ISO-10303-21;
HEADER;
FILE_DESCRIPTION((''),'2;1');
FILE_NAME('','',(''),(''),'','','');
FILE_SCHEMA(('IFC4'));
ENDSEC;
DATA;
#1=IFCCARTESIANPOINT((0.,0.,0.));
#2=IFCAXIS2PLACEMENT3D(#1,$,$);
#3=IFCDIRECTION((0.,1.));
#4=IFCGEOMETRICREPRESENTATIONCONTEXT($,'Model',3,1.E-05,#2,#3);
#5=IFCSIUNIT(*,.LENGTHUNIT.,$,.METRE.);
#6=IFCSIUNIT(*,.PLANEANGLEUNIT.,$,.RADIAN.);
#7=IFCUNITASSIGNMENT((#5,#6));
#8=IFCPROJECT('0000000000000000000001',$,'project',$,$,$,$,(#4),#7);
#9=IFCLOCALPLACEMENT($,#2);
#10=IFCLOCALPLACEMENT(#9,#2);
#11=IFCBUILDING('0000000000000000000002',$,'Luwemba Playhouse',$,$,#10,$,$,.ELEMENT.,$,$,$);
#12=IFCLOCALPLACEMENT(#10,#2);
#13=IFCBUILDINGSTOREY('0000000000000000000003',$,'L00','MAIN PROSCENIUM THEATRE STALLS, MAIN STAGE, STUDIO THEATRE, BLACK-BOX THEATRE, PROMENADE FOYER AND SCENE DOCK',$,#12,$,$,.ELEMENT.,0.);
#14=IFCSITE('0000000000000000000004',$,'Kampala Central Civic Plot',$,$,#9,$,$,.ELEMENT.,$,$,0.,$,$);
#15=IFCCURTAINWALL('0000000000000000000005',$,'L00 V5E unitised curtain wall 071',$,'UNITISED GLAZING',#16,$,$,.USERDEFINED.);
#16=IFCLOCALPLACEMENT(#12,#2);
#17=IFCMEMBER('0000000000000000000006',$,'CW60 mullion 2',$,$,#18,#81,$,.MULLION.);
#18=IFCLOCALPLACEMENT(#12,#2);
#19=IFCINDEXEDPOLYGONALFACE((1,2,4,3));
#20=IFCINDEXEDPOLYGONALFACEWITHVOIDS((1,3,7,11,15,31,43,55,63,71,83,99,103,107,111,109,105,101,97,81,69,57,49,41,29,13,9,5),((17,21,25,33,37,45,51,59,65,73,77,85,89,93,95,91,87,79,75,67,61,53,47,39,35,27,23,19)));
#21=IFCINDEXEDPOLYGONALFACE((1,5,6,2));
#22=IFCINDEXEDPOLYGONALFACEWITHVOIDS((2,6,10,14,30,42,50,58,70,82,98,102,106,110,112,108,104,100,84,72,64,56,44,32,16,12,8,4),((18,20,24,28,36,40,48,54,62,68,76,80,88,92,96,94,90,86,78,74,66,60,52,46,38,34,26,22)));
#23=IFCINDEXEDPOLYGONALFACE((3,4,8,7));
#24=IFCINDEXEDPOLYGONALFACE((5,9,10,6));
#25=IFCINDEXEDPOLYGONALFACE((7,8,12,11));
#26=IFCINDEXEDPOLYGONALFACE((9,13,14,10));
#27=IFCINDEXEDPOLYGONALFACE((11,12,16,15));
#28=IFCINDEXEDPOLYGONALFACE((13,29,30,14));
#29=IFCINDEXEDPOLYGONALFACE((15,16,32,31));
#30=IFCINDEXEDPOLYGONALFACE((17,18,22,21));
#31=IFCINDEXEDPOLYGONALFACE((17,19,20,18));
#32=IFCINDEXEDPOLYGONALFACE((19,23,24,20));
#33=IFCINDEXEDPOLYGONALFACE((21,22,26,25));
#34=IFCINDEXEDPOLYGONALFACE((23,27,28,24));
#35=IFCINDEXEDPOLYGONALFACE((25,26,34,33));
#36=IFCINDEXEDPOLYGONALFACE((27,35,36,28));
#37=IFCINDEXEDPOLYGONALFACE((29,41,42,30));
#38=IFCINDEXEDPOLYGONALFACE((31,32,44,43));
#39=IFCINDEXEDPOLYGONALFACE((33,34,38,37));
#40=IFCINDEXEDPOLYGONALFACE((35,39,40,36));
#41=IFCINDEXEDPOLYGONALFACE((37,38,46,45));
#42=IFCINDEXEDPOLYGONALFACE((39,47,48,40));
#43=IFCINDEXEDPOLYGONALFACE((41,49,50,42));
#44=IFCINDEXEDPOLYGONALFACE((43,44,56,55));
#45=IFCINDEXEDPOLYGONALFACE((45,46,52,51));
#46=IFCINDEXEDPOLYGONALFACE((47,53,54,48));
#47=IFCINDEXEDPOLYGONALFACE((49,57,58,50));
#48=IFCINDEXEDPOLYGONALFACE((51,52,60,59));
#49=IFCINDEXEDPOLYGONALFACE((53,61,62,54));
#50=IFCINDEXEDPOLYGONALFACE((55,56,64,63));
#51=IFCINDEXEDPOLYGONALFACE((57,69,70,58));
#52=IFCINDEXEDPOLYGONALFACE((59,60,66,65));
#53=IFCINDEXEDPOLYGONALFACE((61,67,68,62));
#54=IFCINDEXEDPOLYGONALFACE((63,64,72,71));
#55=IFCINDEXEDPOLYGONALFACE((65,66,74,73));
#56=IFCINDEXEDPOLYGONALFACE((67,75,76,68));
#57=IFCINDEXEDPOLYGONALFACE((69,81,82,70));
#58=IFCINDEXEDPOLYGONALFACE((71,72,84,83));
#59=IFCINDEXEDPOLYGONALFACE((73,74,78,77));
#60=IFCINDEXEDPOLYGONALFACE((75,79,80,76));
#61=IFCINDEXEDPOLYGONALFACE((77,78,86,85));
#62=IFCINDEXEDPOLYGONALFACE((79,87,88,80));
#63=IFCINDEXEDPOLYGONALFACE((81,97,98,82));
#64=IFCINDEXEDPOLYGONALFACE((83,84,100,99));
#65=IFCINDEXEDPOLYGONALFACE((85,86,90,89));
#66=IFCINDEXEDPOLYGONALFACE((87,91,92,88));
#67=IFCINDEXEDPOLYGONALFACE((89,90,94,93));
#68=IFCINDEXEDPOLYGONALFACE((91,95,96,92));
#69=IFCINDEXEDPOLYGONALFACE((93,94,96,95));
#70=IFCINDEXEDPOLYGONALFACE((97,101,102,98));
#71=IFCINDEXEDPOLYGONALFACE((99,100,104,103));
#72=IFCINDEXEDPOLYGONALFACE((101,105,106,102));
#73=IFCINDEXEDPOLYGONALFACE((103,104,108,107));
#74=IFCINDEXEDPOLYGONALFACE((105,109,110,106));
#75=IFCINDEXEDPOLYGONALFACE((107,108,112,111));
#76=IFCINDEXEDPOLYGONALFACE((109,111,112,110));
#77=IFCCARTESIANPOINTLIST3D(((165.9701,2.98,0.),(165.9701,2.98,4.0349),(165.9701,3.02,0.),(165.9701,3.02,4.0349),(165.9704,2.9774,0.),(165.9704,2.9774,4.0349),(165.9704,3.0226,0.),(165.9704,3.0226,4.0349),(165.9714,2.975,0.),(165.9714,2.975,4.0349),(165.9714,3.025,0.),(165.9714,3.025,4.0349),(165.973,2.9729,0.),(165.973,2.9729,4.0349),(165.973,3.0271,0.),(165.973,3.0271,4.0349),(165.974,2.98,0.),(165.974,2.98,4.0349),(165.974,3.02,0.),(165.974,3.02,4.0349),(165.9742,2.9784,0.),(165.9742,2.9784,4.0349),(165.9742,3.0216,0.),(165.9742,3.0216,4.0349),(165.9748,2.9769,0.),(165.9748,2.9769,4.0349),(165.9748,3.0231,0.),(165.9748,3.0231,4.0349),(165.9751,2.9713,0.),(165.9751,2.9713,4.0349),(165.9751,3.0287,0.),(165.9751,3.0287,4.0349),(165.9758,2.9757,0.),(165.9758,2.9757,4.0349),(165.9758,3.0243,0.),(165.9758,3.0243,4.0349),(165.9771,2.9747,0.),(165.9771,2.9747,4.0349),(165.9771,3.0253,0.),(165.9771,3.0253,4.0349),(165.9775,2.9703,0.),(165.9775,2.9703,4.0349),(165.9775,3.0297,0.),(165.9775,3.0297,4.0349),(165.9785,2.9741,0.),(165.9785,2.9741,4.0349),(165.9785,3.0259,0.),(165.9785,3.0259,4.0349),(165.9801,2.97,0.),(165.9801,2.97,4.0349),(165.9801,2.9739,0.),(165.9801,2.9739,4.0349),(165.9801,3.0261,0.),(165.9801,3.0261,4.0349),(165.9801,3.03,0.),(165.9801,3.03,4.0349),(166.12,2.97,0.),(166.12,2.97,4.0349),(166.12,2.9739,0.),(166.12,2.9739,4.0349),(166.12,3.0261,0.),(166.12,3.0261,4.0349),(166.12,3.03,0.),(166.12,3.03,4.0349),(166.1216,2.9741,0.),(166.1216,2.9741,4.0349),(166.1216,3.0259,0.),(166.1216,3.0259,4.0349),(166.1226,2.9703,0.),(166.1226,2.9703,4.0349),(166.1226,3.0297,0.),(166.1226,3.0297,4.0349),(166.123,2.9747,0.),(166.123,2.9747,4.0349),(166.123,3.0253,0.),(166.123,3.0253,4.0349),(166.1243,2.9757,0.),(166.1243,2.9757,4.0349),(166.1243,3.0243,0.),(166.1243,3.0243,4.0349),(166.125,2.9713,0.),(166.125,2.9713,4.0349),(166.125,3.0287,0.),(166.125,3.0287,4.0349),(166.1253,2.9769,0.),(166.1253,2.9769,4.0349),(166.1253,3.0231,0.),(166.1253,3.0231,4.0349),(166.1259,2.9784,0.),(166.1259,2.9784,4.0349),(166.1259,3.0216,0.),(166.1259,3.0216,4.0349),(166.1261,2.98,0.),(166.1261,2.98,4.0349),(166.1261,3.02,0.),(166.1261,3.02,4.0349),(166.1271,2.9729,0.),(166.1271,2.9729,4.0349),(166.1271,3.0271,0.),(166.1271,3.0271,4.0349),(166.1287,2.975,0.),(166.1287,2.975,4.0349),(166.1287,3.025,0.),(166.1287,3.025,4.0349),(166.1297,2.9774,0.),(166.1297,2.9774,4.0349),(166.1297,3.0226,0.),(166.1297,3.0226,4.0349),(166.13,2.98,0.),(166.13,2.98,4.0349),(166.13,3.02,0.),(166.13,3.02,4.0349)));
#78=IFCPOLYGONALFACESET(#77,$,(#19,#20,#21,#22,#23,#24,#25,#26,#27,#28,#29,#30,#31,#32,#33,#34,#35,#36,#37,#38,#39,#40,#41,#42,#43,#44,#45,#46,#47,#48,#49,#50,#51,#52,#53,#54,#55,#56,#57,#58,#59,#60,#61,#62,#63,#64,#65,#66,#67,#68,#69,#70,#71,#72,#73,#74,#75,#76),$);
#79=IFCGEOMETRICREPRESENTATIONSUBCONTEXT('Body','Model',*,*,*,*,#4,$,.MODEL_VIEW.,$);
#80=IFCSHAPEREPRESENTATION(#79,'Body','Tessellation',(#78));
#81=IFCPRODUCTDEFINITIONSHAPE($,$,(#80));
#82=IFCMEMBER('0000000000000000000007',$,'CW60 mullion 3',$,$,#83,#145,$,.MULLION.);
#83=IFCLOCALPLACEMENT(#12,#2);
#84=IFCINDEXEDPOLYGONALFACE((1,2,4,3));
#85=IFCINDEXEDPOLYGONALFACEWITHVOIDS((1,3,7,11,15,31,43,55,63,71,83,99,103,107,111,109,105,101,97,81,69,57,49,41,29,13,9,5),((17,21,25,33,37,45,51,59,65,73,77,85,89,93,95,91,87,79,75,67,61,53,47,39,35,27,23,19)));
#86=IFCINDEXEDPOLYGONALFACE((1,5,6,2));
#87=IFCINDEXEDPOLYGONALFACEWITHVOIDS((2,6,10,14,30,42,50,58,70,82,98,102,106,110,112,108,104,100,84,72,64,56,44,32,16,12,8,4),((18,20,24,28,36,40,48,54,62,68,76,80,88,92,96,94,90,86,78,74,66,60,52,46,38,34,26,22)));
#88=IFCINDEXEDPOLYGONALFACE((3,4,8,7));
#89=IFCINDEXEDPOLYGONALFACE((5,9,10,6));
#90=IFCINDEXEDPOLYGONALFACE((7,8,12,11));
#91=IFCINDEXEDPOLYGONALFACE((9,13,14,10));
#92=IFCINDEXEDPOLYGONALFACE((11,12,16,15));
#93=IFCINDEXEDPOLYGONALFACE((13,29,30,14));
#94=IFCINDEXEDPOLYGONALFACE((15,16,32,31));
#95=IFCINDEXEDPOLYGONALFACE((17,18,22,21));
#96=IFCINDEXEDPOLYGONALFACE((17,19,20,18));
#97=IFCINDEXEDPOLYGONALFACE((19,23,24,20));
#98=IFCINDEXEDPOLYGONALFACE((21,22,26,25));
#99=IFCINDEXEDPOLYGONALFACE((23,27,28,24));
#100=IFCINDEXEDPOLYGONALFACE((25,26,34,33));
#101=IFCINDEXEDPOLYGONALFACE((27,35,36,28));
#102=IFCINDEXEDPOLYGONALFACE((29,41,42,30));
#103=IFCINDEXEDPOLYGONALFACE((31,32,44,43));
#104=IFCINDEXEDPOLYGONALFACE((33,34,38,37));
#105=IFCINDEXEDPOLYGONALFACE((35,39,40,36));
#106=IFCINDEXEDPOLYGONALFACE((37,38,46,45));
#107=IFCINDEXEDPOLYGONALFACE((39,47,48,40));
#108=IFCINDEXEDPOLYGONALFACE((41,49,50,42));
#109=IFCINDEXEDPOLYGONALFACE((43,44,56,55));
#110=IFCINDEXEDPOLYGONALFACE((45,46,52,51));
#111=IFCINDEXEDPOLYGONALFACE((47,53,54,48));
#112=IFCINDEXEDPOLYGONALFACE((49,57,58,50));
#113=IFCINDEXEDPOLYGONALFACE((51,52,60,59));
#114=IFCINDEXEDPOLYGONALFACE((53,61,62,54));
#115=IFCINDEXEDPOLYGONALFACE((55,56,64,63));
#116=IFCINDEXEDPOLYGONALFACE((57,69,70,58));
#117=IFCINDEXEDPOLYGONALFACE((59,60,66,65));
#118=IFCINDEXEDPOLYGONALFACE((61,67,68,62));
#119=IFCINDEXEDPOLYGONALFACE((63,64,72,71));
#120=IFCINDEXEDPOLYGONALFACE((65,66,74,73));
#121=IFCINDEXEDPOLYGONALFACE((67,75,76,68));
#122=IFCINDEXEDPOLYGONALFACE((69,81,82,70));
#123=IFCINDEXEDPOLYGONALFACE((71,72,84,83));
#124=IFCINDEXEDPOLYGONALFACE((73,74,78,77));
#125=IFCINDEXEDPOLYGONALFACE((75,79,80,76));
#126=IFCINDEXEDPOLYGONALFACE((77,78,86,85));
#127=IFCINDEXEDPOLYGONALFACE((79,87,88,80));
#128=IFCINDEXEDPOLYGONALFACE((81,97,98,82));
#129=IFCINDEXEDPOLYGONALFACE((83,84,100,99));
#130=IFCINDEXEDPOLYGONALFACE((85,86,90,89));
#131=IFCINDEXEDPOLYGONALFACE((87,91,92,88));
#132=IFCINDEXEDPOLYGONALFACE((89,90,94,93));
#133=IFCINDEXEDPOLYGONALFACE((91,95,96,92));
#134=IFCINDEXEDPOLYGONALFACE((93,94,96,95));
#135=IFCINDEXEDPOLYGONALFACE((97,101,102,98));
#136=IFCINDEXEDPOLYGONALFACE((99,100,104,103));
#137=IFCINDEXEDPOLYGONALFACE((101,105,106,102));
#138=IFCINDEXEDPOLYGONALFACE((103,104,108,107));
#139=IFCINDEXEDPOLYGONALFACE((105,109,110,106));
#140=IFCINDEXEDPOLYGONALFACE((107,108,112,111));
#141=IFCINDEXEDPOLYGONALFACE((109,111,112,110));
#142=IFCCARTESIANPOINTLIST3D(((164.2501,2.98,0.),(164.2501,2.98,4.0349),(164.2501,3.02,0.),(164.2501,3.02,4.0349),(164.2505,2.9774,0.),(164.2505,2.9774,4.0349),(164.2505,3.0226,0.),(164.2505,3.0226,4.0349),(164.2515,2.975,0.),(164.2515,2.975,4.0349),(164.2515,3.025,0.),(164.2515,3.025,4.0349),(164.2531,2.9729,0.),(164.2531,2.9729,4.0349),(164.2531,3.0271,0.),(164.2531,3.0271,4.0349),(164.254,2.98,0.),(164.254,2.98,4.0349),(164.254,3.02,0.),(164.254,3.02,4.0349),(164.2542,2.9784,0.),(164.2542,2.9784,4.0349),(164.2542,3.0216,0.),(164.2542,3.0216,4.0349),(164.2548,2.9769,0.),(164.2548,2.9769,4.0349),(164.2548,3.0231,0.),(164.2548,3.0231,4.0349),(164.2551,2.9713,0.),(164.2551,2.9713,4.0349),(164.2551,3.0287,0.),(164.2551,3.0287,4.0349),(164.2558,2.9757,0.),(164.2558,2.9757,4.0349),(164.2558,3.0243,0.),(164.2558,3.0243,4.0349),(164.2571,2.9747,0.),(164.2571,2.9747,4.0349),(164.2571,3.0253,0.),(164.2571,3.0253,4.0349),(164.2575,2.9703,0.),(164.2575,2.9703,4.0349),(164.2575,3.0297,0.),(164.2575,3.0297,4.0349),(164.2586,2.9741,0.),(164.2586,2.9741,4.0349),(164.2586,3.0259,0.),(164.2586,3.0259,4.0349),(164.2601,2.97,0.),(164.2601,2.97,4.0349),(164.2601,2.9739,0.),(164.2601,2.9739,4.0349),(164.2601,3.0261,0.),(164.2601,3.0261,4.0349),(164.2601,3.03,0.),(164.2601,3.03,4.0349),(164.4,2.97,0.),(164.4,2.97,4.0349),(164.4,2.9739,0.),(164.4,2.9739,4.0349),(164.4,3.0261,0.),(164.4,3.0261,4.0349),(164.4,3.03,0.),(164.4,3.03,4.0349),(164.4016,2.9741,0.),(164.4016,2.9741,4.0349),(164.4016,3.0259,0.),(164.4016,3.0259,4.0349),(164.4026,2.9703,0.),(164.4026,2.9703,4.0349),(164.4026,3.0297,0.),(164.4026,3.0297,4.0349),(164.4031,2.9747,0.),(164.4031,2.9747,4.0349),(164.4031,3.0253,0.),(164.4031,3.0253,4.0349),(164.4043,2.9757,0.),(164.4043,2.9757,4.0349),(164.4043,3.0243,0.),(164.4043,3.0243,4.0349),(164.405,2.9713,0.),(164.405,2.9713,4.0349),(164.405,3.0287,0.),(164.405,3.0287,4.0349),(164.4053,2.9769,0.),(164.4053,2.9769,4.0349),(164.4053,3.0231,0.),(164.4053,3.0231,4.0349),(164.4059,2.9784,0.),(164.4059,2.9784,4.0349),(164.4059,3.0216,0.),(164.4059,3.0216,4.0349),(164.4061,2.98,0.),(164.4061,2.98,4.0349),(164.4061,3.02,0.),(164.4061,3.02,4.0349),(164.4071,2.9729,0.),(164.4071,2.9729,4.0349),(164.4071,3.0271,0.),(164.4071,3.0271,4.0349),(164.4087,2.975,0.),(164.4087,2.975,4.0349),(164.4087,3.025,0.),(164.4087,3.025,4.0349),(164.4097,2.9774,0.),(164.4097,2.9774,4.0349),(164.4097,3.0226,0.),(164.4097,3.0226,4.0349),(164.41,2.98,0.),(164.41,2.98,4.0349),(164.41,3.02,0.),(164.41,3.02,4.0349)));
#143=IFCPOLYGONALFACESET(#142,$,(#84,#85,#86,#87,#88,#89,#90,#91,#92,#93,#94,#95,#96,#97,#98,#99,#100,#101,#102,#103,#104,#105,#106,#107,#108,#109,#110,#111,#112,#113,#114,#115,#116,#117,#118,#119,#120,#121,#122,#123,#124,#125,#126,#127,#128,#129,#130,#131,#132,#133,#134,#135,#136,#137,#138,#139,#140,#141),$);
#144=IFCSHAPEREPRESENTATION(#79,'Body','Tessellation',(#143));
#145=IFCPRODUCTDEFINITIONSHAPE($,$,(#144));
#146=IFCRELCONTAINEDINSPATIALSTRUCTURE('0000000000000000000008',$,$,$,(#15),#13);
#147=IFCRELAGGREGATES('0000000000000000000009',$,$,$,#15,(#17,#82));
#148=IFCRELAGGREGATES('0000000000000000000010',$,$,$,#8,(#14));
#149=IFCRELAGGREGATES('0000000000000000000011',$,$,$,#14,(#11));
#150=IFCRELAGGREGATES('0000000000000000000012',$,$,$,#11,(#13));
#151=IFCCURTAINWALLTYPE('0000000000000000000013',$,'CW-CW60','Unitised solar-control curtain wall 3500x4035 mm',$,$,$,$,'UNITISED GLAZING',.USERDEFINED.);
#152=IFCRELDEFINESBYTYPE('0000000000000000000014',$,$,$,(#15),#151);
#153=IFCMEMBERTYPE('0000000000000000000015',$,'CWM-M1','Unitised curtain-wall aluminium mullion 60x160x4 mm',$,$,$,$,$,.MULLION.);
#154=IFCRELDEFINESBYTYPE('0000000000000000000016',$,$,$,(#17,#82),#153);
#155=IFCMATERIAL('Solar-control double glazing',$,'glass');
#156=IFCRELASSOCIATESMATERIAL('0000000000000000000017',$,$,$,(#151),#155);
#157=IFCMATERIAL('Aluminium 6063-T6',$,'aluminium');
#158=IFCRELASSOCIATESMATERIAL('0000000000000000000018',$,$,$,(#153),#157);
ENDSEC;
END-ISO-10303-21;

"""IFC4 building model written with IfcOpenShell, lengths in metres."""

from ifc_helpers import new_model, si_unit, direction, frame, origin, origin_2d, place, context, subcontext, project, spatial, hollow_rectangle, extrude, material, material_profile, profile_set, type_object, element, aggregate, save


model = new_model("IFC4")

# Units and contexts
model_context = context("Model", 3, precision=1e-05, world=origin(), true_north=direction((0.0, 1.0)))
body_context = subcontext(model_context, "Body", "Model", "MODEL_VIEW")
ifc_project = project(units=[si_unit("LENGTHUNIT", "METRE"), si_unit("PLANEANGLEUNIT", "RADIAN")], contexts=[model_context])

# Site, building, storey
site_placement = place(None, origin())
site = spatial("IfcSite", under=ifc_project, at=site_placement, Name="Kampala Central Civic Plot", CompositionType="ELEMENT", RefElevation=0.0)
building_placement = place(site_placement, origin())
building = spatial("IfcBuilding", under=site, at=building_placement, Name="Luwemba Playhouse", CompositionType="ELEMENT")
storey_placement = place(building_placement, origin())
storey = spatial("IfcBuildingStorey", under=building, at=storey_placement, Name="L00", Description="MAIN PROSCENIUM THEATRE STALLS, MAIN STAGE, STUDIO THEATRE, BLACK-BOX THEATRE, PROMENADE FOYER AND SCENE DOCK", CompositionType="ELEMENT", Elevation=0.0)

# Curtain wall, members
ifc_material_1 = material(Name="Solar-control double glazing", Category="glass")
curtain_wall_type = type_object("IfcCurtainWallType", Name="CW-CW60", Description="Unitised solar-control curtain wall 3500x4035 mm", ElementType="UNITISED GLAZING", PredefinedType="USERDEFINED", material=ifc_material_1)
curtain_wall_placement = place(storey_placement, origin())
curtain_wall = element("IfcCurtainWall", 1, at=curtain_wall_placement, inside=storey, type_object=curtain_wall_type, Name="L00 V5E unitised curtain wall 071", ObjectType="UNITISED GLAZING", PredefinedType="USERDEFINED")
ifc_material_2 = material(Name="Aluminium 6063-T6", Category="aluminium")
ifc_material_profile_1 = material_profile(ifc_material_2, hollow_rectangle(XDim=0.0601, YDim=0.1599, WallThickness=0.0039, InnerFilletRadius=0.0061, OuterFilletRadius=0.01, at=origin_2d()))
ifc_profile_set_1 = profile_set([ifc_material_profile_1], Name="Aluminium 6063-T6")
member_type_1 = type_object("IfcMemberType", Name="CWM-M1", Description="Unitised curtain-wall aluminium mullion 60x160x4 mm", PredefinedType="MULLION", material=ifc_profile_set_1)
member_1_placement = place(storey_placement, frame((166.05, 3.0, 0.0), z_axis=(0.0, 0.0, 1.0), x_axis=(0.0, -1.0, 0.0)))
member_1 = element("IfcMember", 2, at=member_1_placement, type_object=member_type_1, Name="CW60 mullion 2", PredefinedType="MULLION", context=body_context, shape_type="SweptSolid", body=[
    extrude(hollow_rectangle(XDim=0.0601, YDim=0.1599, WallThickness=0.0039, InnerFilletRadius=0.0061, OuterFilletRadius=0.01, at=origin_2d()), origin(), (0.0, 0.0, 1.0), 4.0349),
])
member_2_placement = place(storey_placement, frame((164.3301, 3.0, 0.0), z_axis=(0.0, 0.0, 1.0), x_axis=(0.0, -1.0, 0.0)))
member_2 = element("IfcMember", 3, at=member_2_placement, type_object=member_type_1, Name="CW60 mullion 3", PredefinedType="MULLION", context=body_context, shape_type="SweptSolid", body=[
    extrude(hollow_rectangle(XDim=0.0601, YDim=0.1599, WallThickness=0.0039, InnerFilletRadius=0.0061, OuterFilletRadius=0.01, at=origin_2d()), origin(), (0.0, 0.0, 1.0), 4.0349),
])
aggregate(curtain_wall, [member_1, member_2])

save(model, "model.ifc")
